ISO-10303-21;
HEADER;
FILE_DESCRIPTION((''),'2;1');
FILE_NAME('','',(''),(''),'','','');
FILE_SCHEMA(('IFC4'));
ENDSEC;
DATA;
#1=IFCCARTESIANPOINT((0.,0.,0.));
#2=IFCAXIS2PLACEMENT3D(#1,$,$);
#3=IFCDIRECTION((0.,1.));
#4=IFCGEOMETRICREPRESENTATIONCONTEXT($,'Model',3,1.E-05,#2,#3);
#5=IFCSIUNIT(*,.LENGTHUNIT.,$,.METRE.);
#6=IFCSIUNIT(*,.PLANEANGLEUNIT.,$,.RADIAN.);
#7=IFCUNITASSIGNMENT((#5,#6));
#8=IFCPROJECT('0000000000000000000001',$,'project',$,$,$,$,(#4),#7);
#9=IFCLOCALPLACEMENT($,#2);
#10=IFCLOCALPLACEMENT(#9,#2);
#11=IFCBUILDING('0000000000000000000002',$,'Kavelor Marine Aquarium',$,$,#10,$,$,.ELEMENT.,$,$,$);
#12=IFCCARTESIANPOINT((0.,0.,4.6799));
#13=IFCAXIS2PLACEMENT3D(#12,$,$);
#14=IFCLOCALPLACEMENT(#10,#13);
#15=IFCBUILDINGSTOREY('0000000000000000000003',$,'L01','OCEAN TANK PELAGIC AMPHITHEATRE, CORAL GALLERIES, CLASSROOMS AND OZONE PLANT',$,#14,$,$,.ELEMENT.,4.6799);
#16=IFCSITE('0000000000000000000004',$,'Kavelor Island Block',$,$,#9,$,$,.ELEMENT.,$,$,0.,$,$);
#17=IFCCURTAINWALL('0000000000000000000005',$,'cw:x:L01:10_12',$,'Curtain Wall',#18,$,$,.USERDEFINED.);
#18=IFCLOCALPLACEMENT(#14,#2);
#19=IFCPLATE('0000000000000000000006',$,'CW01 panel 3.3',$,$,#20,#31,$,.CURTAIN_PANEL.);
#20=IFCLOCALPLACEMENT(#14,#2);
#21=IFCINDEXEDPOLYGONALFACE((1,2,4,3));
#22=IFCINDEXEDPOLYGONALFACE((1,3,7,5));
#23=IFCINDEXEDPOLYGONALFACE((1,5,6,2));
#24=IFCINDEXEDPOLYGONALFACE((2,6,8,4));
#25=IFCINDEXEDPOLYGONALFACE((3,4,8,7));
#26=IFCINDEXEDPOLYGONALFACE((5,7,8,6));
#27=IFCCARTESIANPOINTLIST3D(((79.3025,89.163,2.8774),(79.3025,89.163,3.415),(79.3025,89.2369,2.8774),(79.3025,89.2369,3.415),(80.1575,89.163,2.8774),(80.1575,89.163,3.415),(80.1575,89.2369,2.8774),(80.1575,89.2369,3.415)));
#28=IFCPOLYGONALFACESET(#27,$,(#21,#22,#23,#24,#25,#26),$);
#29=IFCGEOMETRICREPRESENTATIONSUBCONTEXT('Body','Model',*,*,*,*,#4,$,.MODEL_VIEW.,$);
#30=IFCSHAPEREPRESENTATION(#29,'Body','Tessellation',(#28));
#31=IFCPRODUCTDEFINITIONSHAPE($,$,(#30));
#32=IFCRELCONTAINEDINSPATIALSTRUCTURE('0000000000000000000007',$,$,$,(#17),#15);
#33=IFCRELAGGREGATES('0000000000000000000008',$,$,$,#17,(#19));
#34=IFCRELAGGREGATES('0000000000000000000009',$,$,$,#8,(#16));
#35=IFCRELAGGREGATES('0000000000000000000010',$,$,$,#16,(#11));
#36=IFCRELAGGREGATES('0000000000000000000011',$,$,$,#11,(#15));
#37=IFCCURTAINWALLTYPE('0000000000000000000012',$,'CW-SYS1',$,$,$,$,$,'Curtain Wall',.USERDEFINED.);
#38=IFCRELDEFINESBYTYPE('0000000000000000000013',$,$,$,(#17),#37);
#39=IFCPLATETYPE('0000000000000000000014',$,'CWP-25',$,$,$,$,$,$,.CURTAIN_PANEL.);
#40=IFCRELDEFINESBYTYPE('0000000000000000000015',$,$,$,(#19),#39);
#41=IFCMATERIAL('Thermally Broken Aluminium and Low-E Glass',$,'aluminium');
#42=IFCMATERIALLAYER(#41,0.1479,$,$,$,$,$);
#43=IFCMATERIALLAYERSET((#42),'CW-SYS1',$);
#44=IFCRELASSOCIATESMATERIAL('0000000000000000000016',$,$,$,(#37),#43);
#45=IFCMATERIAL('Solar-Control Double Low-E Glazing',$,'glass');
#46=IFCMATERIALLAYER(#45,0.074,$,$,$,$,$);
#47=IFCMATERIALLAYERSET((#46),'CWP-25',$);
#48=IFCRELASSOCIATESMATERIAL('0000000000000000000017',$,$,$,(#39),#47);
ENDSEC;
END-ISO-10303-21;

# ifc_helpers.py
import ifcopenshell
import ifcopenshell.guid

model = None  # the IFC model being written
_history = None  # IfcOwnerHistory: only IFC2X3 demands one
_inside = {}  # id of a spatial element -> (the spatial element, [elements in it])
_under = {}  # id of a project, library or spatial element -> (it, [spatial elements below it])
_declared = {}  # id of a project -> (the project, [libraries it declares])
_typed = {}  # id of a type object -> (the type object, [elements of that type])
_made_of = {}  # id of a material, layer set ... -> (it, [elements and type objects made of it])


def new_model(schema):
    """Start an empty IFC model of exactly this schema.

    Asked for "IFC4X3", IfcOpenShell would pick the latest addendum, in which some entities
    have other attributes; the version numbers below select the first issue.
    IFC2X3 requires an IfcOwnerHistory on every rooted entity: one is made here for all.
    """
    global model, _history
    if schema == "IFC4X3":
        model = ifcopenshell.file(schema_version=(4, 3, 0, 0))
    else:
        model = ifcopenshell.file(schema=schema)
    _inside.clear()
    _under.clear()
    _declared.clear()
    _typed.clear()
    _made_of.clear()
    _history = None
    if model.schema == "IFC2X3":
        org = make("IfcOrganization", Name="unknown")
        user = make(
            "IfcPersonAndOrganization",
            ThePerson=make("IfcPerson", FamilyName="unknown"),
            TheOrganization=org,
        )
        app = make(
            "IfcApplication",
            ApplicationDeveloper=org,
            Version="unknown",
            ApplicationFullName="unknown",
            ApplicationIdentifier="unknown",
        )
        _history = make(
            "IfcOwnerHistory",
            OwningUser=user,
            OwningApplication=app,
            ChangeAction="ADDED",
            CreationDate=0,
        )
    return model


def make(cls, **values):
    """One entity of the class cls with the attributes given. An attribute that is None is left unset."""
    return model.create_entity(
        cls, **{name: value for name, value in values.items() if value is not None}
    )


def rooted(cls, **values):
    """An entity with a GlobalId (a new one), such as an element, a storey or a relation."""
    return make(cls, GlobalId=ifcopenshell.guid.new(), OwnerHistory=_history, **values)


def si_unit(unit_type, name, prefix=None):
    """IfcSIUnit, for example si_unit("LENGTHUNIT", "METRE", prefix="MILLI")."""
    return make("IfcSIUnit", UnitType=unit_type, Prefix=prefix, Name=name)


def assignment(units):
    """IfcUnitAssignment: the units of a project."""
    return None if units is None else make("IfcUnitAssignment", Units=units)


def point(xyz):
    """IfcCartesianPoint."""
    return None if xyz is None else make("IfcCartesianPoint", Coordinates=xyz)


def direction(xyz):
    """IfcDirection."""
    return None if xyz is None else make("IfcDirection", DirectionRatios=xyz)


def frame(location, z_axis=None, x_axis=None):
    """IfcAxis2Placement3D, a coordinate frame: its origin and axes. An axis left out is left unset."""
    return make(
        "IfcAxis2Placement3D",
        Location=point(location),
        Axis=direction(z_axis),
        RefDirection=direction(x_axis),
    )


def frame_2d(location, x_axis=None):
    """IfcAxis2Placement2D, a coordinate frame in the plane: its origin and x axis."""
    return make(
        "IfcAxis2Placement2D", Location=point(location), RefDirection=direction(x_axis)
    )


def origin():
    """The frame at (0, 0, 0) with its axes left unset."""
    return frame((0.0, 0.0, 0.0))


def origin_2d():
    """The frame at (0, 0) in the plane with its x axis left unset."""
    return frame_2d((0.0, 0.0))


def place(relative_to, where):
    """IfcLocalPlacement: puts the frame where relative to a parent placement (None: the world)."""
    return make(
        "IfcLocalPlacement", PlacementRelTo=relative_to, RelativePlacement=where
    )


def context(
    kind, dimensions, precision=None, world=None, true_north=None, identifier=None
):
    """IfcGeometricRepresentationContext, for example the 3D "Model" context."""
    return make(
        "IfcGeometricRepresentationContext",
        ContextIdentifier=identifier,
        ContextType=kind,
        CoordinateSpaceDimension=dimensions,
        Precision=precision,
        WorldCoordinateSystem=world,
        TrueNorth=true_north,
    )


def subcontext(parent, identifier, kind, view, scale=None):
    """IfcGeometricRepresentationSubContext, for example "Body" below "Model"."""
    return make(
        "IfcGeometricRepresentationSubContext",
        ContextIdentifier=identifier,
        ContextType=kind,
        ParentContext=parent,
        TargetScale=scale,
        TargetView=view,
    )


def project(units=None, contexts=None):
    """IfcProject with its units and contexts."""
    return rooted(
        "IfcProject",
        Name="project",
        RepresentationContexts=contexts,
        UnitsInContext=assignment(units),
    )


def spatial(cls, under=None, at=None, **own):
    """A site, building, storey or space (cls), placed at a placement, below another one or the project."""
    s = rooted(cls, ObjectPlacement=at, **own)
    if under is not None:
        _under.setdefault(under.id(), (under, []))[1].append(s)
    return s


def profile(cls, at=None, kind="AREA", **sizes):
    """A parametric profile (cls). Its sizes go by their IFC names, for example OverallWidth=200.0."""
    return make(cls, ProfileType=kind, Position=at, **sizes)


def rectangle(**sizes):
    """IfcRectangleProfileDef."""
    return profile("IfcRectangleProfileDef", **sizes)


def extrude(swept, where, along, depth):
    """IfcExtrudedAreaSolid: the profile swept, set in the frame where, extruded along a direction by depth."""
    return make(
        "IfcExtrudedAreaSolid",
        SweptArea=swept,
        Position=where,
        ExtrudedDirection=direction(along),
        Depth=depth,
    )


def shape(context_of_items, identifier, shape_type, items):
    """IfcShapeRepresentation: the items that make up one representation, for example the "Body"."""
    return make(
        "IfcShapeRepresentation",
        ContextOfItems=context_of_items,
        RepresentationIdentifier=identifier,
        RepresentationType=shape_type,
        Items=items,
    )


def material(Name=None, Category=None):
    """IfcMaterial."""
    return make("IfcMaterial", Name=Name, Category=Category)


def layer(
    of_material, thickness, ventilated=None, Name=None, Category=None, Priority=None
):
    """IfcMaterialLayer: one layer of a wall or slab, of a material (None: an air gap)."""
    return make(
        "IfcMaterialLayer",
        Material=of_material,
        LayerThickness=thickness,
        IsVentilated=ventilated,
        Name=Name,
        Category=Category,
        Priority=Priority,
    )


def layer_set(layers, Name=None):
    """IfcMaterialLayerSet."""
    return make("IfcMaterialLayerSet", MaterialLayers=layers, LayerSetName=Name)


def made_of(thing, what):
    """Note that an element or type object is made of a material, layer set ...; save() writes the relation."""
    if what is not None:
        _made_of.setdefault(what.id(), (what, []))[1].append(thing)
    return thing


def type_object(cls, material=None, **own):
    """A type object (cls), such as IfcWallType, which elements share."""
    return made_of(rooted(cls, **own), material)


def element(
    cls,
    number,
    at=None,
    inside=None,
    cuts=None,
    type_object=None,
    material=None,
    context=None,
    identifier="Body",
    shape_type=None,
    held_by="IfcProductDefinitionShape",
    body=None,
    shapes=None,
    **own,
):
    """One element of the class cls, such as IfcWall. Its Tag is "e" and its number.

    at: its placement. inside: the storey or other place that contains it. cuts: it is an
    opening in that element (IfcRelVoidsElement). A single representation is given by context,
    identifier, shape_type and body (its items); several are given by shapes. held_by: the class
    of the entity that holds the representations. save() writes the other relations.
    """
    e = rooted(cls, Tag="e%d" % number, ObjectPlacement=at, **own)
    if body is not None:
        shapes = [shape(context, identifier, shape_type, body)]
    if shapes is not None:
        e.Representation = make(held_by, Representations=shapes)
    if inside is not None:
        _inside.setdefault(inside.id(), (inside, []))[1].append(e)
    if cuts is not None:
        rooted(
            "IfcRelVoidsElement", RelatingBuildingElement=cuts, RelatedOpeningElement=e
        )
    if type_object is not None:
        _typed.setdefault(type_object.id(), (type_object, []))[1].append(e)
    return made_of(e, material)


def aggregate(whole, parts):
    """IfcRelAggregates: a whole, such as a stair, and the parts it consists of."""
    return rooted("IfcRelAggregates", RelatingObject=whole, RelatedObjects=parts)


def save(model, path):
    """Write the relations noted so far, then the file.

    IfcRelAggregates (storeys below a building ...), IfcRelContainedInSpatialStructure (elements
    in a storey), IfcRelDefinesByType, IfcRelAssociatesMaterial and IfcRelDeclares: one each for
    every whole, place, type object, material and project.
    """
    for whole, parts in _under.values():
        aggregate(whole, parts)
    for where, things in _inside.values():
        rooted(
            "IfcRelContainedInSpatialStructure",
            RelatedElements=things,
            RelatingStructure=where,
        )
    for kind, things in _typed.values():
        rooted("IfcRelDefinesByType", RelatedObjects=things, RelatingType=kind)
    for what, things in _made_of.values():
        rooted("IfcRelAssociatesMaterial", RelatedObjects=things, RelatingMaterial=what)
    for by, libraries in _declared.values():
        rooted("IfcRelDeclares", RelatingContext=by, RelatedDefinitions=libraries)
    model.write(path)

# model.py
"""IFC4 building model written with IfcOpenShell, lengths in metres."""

from ifc_helpers import new_model, si_unit, direction, frame, origin, origin_2d, place, context, subcontext, project, spatial, rectangle, extrude, material, layer, layer_set, type_object, element, aggregate, save


model = new_model("IFC4")

# Units and contexts
model_context = context("Model", 3, precision=1e-05, world=origin(), true_north=direction((0.0, 1.0)))
body_context = subcontext(model_context, "Body", "Model", "MODEL_VIEW")
ifc_project = project(units=[si_unit("LENGTHUNIT", "METRE"), si_unit("PLANEANGLEUNIT", "RADIAN")], contexts=[model_context])

# Site, building, storey
site_placement = place(None, origin())
site = spatial("IfcSite", under=ifc_project, at=site_placement, Name="Kavelor Island Block", CompositionType="ELEMENT", RefElevation=0.0)
building_placement = place(site_placement, origin())
building = spatial("IfcBuilding", under=site, at=building_placement, Name="Kavelor Marine Aquarium", CompositionType="ELEMENT")
storey_placement = place(building_placement, frame((0.0, 0.0, 4.6799)))
storey = spatial("IfcBuildingStorey", under=building, at=storey_placement, Name="L01", Description="OCEAN TANK PELAGIC AMPHITHEATRE, CORAL GALLERIES, CLASSROOMS AND OZONE PLANT", CompositionType="ELEMENT", Elevation=4.6799)

# Curtain wall, plate
ifc_material_1 = material(Name="Thermally Broken Aluminium and Low-E Glass", Category="aluminium")
ifc_layer_1 = layer(ifc_material_1, 0.1479)
ifc_layer_set_1 = layer_set([ifc_layer_1], Name="CW-SYS1")
curtain_wall_type = type_object("IfcCurtainWallType", Name="CW-SYS1", ElementType="Curtain Wall", PredefinedType="USERDEFINED", material=ifc_layer_set_1)
curtain_wall_placement = place(storey_placement, origin())
curtain_wall = element("IfcCurtainWall", 1, at=curtain_wall_placement, inside=storey, type_object=curtain_wall_type, Name="cw:x:L01:10_12", ObjectType="Curtain Wall", PredefinedType="USERDEFINED")
ifc_material_2 = material(Name="Solar-Control Double Low-E Glazing", Category="glass")
ifc_layer_2 = layer(ifc_material_2, 0.074)
ifc_layer_set_2 = layer_set([ifc_layer_2], Name="CWP-25")
plate_type = type_object("IfcPlateType", Name="CWP-25", PredefinedType="CURTAIN_PANEL", material=ifc_layer_set_2)
plate_1_placement = place(storey_placement, frame((79.73, 89.2, 2.8774), z_axis=(0.0, 0.0, 1.0), x_axis=(-1.0, 0.0, 0.0)))
plate_1 = element("IfcPlate", 2, at=plate_1_placement, type_object=plate_type, Name="CW01 panel 3.3", PredefinedType="CURTAIN_PANEL", context=body_context, shape_type="SweptSolid", body=[
    extrude(rectangle(XDim=0.855, YDim=0.074, at=origin_2d()), origin(), (0.0, 0.0, 1.0), 0.5376),
])
aggregate(curtain_wall, [plate_1])

save(model, "model.ifc")
